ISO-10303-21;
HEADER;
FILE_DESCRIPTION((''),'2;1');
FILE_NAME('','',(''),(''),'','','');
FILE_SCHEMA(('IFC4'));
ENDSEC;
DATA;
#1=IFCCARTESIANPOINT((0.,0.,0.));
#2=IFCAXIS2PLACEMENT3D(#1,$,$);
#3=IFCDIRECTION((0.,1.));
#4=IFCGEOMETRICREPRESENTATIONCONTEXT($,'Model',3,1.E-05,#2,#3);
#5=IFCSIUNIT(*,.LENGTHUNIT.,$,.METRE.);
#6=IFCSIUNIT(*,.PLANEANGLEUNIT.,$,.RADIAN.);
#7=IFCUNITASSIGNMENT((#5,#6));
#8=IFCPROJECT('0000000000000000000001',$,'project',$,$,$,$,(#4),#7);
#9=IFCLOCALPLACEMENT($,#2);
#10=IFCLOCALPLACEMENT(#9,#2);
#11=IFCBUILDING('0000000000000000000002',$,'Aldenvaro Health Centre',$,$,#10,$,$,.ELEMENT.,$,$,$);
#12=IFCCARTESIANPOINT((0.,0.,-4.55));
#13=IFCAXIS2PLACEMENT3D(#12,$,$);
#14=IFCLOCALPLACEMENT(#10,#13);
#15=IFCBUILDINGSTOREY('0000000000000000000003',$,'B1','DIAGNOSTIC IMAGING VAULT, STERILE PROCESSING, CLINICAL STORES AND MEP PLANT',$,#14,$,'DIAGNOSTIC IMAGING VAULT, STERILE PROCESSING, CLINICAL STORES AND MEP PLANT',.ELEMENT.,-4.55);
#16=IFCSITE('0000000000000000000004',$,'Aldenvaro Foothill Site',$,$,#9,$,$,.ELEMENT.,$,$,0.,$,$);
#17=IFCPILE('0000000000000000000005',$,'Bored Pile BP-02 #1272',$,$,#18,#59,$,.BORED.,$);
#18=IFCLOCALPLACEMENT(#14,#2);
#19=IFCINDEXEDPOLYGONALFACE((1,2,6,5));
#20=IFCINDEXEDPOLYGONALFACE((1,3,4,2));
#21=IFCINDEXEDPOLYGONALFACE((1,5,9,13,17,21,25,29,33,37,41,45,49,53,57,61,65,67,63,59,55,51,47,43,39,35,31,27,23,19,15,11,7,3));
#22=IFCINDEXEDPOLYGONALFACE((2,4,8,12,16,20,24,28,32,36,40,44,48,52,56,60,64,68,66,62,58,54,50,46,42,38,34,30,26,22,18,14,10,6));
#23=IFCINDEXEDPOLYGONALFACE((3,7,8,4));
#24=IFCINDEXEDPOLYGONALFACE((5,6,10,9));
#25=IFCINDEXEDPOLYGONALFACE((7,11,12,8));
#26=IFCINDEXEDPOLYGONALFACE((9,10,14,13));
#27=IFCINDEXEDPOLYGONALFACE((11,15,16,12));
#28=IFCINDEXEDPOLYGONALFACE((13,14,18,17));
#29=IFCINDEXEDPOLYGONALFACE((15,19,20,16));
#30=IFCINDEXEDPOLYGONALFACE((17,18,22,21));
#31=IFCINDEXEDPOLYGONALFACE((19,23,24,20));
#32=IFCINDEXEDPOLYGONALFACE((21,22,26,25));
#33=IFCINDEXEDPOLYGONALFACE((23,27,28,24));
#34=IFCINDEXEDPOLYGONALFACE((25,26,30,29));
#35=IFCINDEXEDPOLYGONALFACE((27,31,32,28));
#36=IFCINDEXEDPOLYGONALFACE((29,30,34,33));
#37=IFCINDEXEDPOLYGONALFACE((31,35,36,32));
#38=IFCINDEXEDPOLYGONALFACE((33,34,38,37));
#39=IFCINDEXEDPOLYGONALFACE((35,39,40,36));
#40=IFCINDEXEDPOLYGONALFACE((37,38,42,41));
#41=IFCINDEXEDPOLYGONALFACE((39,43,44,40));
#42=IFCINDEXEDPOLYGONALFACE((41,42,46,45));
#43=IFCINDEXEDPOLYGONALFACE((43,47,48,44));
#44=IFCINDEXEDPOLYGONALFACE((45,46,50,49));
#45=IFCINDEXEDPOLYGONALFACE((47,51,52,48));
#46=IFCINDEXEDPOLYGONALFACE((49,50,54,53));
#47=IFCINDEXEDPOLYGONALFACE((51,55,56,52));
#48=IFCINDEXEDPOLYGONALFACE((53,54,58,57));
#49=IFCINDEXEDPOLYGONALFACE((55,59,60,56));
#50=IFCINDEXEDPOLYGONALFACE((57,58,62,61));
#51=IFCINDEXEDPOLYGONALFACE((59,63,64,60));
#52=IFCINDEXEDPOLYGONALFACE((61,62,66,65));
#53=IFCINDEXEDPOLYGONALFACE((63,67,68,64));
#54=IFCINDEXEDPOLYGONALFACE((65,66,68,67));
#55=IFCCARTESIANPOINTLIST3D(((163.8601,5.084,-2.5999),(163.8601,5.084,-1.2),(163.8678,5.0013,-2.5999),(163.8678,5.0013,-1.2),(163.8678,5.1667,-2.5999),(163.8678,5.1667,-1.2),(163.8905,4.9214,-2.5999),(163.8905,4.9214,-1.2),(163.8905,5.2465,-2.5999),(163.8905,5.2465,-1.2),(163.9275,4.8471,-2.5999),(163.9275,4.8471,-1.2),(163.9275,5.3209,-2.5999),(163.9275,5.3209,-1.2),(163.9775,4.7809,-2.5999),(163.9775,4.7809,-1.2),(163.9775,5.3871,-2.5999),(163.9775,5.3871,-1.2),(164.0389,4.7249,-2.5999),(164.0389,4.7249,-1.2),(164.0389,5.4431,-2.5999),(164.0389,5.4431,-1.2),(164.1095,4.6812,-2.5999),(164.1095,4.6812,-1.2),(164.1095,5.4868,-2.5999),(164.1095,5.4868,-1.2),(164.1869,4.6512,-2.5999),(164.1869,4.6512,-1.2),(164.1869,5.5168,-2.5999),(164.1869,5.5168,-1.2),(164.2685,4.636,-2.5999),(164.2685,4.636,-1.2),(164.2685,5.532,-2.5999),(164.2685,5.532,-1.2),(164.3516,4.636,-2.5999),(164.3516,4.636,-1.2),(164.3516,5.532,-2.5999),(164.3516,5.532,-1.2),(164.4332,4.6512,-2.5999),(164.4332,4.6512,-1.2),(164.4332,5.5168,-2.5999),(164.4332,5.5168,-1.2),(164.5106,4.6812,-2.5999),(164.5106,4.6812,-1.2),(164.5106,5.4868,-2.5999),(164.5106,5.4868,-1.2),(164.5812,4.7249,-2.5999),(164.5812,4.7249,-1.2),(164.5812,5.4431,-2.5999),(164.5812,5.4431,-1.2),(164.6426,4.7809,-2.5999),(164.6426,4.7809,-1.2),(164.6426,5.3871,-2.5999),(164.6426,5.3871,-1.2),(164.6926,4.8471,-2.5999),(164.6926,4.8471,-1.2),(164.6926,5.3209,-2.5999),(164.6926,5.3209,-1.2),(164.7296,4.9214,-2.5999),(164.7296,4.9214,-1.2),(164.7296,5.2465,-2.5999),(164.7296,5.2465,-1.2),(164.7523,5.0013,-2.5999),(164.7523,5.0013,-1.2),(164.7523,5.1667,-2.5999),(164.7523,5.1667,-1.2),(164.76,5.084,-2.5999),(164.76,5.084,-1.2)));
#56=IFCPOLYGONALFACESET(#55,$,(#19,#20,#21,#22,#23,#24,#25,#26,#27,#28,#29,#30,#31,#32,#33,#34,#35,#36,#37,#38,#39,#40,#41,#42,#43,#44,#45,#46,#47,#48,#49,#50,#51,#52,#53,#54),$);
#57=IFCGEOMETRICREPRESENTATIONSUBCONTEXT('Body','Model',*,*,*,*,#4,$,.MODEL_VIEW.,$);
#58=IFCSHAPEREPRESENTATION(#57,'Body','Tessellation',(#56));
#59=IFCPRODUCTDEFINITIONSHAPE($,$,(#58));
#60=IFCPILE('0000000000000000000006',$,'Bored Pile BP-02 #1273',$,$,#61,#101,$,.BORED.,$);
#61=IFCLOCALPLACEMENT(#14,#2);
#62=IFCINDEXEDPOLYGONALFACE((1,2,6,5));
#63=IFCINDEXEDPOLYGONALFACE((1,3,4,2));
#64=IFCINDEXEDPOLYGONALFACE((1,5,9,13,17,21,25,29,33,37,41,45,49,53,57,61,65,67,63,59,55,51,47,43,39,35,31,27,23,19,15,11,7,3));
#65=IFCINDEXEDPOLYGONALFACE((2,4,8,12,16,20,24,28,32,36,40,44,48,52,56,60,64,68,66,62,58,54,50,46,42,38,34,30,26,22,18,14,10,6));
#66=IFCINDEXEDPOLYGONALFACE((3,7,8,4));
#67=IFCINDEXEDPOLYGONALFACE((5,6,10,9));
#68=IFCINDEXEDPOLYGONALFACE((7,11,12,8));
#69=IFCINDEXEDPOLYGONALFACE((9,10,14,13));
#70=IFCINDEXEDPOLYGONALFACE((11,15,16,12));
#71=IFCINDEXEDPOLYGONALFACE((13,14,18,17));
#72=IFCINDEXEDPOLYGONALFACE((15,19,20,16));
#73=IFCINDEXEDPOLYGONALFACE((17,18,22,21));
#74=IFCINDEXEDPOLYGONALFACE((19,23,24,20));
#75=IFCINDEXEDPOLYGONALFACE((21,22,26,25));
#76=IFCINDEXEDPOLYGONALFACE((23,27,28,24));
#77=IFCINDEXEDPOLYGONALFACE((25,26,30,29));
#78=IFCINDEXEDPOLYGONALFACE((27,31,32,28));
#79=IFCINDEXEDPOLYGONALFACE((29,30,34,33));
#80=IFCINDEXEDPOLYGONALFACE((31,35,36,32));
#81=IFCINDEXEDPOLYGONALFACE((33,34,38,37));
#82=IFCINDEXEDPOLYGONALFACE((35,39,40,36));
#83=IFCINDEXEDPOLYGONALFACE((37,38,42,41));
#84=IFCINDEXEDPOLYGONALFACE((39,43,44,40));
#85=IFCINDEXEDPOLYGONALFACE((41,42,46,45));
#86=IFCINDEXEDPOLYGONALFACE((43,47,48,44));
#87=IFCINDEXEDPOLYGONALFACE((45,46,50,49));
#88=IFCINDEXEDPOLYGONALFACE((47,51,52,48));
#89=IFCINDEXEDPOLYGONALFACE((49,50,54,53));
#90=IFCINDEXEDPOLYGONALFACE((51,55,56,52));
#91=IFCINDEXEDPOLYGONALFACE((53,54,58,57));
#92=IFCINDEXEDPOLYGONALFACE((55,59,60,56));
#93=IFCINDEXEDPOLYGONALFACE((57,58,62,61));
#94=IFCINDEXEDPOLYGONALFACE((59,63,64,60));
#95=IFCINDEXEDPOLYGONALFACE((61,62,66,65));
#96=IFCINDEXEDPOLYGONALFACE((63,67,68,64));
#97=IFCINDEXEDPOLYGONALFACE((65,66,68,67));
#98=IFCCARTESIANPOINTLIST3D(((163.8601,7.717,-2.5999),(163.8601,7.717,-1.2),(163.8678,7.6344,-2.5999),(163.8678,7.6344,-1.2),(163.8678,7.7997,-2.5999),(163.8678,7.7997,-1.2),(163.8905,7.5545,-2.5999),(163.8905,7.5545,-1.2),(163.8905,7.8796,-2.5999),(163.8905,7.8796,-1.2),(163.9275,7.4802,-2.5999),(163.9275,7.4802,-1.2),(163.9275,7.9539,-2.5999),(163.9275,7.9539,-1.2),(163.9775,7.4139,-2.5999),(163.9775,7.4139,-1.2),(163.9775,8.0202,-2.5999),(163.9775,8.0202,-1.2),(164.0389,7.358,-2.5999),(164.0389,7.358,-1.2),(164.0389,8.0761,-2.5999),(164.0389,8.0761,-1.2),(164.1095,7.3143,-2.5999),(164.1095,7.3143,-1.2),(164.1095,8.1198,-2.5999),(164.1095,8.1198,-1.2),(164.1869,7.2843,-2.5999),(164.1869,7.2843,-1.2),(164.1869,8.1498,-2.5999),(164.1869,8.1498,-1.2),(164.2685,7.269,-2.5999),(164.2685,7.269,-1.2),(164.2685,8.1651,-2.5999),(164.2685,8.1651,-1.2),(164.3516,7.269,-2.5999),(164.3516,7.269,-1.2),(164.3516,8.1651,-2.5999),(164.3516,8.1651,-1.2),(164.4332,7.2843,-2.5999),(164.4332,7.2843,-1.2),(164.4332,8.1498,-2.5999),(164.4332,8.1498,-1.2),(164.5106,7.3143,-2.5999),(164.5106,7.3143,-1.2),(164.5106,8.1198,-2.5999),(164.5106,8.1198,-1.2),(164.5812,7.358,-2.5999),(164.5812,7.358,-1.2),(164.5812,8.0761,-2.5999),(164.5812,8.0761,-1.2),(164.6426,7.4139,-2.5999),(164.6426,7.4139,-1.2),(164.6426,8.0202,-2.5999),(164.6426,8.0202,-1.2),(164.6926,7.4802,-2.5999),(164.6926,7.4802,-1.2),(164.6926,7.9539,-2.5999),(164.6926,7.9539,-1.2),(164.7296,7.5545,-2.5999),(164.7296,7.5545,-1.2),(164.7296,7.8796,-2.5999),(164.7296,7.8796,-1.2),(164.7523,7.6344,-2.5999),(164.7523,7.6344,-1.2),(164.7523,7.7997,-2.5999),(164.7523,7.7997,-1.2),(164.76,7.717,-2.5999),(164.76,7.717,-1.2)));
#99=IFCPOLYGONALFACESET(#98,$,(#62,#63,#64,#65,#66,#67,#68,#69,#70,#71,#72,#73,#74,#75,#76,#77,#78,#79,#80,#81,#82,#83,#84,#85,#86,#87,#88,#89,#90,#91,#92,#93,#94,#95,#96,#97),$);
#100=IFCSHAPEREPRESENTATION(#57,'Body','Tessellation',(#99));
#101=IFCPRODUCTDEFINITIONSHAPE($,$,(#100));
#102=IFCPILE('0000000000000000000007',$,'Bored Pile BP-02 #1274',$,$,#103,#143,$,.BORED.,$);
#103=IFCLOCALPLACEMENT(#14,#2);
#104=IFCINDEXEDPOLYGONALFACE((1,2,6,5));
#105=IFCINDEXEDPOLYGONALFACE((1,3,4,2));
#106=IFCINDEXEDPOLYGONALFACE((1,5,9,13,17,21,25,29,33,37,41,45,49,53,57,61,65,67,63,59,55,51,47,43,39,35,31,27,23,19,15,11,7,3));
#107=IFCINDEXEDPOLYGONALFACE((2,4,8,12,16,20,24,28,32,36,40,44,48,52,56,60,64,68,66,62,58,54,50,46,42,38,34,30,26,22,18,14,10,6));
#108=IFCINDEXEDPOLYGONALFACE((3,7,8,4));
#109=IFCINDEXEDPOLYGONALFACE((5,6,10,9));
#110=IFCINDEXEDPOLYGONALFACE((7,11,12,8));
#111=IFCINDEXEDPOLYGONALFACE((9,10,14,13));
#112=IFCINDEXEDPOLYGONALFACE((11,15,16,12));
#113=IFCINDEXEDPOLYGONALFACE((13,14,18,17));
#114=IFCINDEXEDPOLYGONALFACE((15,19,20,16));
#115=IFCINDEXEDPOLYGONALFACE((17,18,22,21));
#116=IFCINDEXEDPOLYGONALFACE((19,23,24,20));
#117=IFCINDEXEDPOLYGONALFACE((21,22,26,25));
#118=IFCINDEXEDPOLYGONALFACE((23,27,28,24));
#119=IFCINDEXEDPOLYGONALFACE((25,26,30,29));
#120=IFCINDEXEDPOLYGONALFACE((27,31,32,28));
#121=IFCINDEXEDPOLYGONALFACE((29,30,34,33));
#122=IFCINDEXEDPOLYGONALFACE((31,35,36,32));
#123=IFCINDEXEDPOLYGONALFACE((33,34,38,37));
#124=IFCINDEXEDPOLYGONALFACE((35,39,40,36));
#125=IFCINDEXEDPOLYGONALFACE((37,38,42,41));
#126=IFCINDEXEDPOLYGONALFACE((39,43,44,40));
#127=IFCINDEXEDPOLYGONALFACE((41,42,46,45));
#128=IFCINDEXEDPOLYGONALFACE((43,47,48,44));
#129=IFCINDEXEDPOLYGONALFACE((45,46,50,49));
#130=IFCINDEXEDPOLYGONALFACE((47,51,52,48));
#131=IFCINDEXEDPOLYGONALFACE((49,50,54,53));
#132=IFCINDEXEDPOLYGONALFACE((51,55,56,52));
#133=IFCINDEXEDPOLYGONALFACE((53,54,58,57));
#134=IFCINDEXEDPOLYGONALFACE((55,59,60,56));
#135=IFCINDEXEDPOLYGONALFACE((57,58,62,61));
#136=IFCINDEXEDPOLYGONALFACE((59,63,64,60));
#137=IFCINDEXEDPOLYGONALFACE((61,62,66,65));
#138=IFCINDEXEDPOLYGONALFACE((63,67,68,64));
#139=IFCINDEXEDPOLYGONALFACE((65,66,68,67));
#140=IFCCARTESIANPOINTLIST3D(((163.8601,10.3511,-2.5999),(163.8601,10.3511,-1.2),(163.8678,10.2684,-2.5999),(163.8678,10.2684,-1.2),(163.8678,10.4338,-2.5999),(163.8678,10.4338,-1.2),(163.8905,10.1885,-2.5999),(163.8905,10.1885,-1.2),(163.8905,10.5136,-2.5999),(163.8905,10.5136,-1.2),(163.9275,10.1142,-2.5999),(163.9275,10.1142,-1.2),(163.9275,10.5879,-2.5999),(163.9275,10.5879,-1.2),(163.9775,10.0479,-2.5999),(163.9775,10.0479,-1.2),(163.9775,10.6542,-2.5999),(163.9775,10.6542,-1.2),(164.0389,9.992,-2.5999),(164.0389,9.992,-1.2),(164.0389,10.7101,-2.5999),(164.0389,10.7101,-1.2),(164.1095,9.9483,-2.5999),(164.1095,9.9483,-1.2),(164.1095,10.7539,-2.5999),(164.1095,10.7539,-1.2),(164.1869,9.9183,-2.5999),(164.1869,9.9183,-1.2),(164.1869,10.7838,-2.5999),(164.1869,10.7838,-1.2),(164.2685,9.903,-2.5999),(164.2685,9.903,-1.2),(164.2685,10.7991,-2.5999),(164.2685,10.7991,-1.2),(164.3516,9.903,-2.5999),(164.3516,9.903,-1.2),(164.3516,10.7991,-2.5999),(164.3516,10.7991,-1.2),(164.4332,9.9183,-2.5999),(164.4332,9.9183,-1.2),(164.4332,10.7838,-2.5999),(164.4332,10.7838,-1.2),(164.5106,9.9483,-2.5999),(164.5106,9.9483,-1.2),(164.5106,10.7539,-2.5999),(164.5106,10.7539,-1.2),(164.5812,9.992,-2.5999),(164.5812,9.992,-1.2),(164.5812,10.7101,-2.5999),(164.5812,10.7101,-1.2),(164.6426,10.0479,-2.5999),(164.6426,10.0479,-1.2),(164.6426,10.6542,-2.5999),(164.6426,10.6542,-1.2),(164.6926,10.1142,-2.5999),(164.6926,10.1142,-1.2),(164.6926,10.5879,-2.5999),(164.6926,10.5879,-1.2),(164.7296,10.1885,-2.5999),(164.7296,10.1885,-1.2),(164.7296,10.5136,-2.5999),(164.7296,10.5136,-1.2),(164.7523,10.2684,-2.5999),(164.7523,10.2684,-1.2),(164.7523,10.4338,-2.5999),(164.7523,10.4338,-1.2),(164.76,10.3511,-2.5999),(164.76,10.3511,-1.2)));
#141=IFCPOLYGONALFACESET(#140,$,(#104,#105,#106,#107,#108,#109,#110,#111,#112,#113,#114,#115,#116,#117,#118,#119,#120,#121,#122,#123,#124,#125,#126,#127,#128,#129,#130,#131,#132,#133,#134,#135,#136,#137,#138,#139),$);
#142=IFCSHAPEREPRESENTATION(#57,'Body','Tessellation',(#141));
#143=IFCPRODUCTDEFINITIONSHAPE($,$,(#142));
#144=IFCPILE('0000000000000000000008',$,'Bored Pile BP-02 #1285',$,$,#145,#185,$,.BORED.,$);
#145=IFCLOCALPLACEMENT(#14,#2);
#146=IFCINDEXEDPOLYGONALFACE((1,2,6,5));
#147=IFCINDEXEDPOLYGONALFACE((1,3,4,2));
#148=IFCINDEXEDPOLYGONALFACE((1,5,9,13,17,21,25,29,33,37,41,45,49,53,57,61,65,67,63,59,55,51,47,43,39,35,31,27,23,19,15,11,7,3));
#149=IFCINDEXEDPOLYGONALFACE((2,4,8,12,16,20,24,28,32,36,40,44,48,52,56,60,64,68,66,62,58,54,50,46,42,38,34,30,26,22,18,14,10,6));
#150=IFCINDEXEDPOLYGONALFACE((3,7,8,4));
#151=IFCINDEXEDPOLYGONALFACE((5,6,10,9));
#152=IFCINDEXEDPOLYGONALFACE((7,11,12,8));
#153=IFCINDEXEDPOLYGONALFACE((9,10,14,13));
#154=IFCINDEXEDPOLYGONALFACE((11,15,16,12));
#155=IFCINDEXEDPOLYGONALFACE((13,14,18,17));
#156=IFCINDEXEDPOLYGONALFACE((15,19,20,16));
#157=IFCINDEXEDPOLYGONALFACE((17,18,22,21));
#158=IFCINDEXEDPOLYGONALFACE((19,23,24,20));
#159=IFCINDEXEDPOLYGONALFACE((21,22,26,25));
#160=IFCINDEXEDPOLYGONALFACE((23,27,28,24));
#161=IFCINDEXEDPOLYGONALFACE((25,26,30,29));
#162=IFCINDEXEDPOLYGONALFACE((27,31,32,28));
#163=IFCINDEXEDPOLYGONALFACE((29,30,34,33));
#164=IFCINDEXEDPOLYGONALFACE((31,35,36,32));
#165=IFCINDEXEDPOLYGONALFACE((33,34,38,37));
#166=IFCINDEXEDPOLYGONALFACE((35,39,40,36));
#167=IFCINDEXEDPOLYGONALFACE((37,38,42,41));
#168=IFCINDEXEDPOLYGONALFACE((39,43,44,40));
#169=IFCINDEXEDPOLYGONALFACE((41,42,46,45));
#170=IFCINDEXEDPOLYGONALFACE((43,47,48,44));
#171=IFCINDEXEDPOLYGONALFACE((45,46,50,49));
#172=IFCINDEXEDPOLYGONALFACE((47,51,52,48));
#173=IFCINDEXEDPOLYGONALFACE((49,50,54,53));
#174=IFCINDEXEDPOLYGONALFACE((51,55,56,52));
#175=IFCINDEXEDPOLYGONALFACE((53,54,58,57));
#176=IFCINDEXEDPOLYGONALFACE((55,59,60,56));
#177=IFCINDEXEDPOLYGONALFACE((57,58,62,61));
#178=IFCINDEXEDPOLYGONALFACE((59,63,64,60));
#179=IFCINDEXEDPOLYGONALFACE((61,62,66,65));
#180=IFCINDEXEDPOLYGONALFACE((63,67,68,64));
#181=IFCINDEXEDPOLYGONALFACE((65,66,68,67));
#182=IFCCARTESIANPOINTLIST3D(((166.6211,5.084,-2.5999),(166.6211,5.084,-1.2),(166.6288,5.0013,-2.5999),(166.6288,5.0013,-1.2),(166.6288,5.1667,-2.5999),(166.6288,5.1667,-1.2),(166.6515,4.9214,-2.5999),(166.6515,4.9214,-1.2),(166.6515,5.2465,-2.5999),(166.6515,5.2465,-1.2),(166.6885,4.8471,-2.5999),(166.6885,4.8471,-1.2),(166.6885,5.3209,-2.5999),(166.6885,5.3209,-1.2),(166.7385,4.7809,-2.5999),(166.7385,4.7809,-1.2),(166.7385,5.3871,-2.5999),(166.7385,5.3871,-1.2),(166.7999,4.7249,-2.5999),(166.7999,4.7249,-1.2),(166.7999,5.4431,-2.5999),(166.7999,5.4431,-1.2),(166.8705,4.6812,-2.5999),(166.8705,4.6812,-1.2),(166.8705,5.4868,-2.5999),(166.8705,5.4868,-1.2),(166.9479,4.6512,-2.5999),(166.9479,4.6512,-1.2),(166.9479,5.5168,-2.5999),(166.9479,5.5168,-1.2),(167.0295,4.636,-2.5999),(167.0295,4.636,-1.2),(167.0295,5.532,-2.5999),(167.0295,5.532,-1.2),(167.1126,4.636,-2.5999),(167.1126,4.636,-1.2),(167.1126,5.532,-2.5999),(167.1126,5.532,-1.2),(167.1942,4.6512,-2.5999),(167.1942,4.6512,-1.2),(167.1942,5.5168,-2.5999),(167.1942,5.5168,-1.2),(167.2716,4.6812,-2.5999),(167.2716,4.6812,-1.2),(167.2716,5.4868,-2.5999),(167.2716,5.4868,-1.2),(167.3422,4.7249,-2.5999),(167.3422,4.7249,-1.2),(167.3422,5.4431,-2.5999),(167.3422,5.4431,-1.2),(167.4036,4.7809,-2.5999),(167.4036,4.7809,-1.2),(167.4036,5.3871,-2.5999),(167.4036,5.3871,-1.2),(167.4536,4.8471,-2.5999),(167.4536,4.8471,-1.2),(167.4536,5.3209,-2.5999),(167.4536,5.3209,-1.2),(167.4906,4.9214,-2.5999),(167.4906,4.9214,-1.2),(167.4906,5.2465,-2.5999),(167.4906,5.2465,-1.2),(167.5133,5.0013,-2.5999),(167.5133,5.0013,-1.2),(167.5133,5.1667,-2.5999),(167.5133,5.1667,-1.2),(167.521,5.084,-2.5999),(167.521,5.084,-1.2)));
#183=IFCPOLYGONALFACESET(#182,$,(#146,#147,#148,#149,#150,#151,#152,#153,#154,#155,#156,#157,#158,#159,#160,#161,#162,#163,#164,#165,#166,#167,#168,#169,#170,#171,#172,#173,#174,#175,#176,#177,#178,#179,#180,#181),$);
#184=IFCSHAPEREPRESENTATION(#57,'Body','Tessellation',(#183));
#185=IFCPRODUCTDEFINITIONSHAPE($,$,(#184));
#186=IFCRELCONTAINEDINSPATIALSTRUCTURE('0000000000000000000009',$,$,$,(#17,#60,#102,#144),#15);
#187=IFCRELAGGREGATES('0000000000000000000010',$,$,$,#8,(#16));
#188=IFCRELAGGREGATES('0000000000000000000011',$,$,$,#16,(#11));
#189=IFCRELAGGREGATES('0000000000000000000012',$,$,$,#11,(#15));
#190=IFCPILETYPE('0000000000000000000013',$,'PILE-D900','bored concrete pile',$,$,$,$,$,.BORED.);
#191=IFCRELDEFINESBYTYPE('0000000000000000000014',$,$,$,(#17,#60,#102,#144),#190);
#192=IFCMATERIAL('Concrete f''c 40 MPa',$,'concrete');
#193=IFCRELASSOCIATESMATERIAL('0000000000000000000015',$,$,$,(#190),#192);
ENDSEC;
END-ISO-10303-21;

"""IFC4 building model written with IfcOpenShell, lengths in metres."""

from ifc_helpers import new_model, si_unit, direction, frame, origin, origin_2d, place, context, subcontext, project, spatial, circle, extrude, material, material_profile, profile_set, type_object, element, save


model = new_model("IFC4")

# Units and contexts
model_context = context("Model", 3, precision=1e-05, world=origin(), true_north=direction((0.0, 1.0)))
body_context = subcontext(model_context, "Body", "Model", "MODEL_VIEW")
ifc_project = project(units=[si_unit("LENGTHUNIT", "METRE"), si_unit("PLANEANGLEUNIT", "RADIAN")], contexts=[model_context])

# Site, building, storey
site_placement = place(None, origin())
site = spatial("IfcSite", under=ifc_project, at=site_placement, Name="Aldenvaro Foothill Site", CompositionType="ELEMENT", RefElevation=0.0)
building_placement = place(site_placement, origin())
building = spatial("IfcBuilding", under=site, at=building_placement, Name="Aldenvaro Health Centre", CompositionType="ELEMENT")
storey_placement = place(building_placement, frame((0.0, 0.0, -4.55)))
storey = spatial("IfcBuildingStorey", under=building, at=storey_placement, Name="B1", Description="DIAGNOSTIC IMAGING VAULT, STERILE PROCESSING, CLINICAL STORES AND MEP PLANT", LongName="DIAGNOSTIC IMAGING VAULT, STERILE PROCESSING, CLINICAL STORES AND MEP PLANT", CompositionType="ELEMENT", Elevation=-4.55)

# Shared definitions
ifc_material_1 = material(Name="Concrete f'c 40 MPa", Category="concrete")

# Piles
ifc_material_profile_1 = material_profile(ifc_material_1, circle(Radius=0.45, at=origin_2d()), Name="PILE D900", Category="concrete")
ifc_profile_set_1 = profile_set([ifc_material_profile_1], Name="Concrete f'c 40 MPa")
pile_type_1 = type_object("IfcPileType", Name="PILE-D900", Description="bored concrete pile", PredefinedType="BORED", material=ifc_profile_set_1)
for number, where, z_axis, x_axis, name in (
    (1, (164.3101, 5.084, -1.2), (0.0, 0.0, -1.0), (1.0, 0.0, 0.0), "Bored Pile BP-02 #1272"),
    (2, (164.3101, 7.717, -1.2), (0.0, 0.0, -1.0), (1.0, 0.0, 0.0), "Bored Pile BP-02 #1273"),
    (3, (164.3101, 10.3511, -1.2), (0.0, 0.0, -1.0), (1.0, 0.0, 0.0), "Bored Pile BP-02 #1274"),
    (4, (167.071, 5.084, -1.2), (0.0, 0.0, -1.0), (1.0, 0.0, 0.0), "Bored Pile BP-02 #1285"),
):
    element("IfcPile", number, at=place(storey_placement, frame(where, z_axis=z_axis, x_axis=x_axis)), inside=storey, type_object=pile_type_1, Name=name, PredefinedType="BORED", context=body_context, shape_type="SweptSolid", body=[
        extrude(circle(Radius=0.45, at=origin_2d()), origin(), (0.0, 0.0, 1.0), 1.3999),
    ])

save(model, "model.ifc")
